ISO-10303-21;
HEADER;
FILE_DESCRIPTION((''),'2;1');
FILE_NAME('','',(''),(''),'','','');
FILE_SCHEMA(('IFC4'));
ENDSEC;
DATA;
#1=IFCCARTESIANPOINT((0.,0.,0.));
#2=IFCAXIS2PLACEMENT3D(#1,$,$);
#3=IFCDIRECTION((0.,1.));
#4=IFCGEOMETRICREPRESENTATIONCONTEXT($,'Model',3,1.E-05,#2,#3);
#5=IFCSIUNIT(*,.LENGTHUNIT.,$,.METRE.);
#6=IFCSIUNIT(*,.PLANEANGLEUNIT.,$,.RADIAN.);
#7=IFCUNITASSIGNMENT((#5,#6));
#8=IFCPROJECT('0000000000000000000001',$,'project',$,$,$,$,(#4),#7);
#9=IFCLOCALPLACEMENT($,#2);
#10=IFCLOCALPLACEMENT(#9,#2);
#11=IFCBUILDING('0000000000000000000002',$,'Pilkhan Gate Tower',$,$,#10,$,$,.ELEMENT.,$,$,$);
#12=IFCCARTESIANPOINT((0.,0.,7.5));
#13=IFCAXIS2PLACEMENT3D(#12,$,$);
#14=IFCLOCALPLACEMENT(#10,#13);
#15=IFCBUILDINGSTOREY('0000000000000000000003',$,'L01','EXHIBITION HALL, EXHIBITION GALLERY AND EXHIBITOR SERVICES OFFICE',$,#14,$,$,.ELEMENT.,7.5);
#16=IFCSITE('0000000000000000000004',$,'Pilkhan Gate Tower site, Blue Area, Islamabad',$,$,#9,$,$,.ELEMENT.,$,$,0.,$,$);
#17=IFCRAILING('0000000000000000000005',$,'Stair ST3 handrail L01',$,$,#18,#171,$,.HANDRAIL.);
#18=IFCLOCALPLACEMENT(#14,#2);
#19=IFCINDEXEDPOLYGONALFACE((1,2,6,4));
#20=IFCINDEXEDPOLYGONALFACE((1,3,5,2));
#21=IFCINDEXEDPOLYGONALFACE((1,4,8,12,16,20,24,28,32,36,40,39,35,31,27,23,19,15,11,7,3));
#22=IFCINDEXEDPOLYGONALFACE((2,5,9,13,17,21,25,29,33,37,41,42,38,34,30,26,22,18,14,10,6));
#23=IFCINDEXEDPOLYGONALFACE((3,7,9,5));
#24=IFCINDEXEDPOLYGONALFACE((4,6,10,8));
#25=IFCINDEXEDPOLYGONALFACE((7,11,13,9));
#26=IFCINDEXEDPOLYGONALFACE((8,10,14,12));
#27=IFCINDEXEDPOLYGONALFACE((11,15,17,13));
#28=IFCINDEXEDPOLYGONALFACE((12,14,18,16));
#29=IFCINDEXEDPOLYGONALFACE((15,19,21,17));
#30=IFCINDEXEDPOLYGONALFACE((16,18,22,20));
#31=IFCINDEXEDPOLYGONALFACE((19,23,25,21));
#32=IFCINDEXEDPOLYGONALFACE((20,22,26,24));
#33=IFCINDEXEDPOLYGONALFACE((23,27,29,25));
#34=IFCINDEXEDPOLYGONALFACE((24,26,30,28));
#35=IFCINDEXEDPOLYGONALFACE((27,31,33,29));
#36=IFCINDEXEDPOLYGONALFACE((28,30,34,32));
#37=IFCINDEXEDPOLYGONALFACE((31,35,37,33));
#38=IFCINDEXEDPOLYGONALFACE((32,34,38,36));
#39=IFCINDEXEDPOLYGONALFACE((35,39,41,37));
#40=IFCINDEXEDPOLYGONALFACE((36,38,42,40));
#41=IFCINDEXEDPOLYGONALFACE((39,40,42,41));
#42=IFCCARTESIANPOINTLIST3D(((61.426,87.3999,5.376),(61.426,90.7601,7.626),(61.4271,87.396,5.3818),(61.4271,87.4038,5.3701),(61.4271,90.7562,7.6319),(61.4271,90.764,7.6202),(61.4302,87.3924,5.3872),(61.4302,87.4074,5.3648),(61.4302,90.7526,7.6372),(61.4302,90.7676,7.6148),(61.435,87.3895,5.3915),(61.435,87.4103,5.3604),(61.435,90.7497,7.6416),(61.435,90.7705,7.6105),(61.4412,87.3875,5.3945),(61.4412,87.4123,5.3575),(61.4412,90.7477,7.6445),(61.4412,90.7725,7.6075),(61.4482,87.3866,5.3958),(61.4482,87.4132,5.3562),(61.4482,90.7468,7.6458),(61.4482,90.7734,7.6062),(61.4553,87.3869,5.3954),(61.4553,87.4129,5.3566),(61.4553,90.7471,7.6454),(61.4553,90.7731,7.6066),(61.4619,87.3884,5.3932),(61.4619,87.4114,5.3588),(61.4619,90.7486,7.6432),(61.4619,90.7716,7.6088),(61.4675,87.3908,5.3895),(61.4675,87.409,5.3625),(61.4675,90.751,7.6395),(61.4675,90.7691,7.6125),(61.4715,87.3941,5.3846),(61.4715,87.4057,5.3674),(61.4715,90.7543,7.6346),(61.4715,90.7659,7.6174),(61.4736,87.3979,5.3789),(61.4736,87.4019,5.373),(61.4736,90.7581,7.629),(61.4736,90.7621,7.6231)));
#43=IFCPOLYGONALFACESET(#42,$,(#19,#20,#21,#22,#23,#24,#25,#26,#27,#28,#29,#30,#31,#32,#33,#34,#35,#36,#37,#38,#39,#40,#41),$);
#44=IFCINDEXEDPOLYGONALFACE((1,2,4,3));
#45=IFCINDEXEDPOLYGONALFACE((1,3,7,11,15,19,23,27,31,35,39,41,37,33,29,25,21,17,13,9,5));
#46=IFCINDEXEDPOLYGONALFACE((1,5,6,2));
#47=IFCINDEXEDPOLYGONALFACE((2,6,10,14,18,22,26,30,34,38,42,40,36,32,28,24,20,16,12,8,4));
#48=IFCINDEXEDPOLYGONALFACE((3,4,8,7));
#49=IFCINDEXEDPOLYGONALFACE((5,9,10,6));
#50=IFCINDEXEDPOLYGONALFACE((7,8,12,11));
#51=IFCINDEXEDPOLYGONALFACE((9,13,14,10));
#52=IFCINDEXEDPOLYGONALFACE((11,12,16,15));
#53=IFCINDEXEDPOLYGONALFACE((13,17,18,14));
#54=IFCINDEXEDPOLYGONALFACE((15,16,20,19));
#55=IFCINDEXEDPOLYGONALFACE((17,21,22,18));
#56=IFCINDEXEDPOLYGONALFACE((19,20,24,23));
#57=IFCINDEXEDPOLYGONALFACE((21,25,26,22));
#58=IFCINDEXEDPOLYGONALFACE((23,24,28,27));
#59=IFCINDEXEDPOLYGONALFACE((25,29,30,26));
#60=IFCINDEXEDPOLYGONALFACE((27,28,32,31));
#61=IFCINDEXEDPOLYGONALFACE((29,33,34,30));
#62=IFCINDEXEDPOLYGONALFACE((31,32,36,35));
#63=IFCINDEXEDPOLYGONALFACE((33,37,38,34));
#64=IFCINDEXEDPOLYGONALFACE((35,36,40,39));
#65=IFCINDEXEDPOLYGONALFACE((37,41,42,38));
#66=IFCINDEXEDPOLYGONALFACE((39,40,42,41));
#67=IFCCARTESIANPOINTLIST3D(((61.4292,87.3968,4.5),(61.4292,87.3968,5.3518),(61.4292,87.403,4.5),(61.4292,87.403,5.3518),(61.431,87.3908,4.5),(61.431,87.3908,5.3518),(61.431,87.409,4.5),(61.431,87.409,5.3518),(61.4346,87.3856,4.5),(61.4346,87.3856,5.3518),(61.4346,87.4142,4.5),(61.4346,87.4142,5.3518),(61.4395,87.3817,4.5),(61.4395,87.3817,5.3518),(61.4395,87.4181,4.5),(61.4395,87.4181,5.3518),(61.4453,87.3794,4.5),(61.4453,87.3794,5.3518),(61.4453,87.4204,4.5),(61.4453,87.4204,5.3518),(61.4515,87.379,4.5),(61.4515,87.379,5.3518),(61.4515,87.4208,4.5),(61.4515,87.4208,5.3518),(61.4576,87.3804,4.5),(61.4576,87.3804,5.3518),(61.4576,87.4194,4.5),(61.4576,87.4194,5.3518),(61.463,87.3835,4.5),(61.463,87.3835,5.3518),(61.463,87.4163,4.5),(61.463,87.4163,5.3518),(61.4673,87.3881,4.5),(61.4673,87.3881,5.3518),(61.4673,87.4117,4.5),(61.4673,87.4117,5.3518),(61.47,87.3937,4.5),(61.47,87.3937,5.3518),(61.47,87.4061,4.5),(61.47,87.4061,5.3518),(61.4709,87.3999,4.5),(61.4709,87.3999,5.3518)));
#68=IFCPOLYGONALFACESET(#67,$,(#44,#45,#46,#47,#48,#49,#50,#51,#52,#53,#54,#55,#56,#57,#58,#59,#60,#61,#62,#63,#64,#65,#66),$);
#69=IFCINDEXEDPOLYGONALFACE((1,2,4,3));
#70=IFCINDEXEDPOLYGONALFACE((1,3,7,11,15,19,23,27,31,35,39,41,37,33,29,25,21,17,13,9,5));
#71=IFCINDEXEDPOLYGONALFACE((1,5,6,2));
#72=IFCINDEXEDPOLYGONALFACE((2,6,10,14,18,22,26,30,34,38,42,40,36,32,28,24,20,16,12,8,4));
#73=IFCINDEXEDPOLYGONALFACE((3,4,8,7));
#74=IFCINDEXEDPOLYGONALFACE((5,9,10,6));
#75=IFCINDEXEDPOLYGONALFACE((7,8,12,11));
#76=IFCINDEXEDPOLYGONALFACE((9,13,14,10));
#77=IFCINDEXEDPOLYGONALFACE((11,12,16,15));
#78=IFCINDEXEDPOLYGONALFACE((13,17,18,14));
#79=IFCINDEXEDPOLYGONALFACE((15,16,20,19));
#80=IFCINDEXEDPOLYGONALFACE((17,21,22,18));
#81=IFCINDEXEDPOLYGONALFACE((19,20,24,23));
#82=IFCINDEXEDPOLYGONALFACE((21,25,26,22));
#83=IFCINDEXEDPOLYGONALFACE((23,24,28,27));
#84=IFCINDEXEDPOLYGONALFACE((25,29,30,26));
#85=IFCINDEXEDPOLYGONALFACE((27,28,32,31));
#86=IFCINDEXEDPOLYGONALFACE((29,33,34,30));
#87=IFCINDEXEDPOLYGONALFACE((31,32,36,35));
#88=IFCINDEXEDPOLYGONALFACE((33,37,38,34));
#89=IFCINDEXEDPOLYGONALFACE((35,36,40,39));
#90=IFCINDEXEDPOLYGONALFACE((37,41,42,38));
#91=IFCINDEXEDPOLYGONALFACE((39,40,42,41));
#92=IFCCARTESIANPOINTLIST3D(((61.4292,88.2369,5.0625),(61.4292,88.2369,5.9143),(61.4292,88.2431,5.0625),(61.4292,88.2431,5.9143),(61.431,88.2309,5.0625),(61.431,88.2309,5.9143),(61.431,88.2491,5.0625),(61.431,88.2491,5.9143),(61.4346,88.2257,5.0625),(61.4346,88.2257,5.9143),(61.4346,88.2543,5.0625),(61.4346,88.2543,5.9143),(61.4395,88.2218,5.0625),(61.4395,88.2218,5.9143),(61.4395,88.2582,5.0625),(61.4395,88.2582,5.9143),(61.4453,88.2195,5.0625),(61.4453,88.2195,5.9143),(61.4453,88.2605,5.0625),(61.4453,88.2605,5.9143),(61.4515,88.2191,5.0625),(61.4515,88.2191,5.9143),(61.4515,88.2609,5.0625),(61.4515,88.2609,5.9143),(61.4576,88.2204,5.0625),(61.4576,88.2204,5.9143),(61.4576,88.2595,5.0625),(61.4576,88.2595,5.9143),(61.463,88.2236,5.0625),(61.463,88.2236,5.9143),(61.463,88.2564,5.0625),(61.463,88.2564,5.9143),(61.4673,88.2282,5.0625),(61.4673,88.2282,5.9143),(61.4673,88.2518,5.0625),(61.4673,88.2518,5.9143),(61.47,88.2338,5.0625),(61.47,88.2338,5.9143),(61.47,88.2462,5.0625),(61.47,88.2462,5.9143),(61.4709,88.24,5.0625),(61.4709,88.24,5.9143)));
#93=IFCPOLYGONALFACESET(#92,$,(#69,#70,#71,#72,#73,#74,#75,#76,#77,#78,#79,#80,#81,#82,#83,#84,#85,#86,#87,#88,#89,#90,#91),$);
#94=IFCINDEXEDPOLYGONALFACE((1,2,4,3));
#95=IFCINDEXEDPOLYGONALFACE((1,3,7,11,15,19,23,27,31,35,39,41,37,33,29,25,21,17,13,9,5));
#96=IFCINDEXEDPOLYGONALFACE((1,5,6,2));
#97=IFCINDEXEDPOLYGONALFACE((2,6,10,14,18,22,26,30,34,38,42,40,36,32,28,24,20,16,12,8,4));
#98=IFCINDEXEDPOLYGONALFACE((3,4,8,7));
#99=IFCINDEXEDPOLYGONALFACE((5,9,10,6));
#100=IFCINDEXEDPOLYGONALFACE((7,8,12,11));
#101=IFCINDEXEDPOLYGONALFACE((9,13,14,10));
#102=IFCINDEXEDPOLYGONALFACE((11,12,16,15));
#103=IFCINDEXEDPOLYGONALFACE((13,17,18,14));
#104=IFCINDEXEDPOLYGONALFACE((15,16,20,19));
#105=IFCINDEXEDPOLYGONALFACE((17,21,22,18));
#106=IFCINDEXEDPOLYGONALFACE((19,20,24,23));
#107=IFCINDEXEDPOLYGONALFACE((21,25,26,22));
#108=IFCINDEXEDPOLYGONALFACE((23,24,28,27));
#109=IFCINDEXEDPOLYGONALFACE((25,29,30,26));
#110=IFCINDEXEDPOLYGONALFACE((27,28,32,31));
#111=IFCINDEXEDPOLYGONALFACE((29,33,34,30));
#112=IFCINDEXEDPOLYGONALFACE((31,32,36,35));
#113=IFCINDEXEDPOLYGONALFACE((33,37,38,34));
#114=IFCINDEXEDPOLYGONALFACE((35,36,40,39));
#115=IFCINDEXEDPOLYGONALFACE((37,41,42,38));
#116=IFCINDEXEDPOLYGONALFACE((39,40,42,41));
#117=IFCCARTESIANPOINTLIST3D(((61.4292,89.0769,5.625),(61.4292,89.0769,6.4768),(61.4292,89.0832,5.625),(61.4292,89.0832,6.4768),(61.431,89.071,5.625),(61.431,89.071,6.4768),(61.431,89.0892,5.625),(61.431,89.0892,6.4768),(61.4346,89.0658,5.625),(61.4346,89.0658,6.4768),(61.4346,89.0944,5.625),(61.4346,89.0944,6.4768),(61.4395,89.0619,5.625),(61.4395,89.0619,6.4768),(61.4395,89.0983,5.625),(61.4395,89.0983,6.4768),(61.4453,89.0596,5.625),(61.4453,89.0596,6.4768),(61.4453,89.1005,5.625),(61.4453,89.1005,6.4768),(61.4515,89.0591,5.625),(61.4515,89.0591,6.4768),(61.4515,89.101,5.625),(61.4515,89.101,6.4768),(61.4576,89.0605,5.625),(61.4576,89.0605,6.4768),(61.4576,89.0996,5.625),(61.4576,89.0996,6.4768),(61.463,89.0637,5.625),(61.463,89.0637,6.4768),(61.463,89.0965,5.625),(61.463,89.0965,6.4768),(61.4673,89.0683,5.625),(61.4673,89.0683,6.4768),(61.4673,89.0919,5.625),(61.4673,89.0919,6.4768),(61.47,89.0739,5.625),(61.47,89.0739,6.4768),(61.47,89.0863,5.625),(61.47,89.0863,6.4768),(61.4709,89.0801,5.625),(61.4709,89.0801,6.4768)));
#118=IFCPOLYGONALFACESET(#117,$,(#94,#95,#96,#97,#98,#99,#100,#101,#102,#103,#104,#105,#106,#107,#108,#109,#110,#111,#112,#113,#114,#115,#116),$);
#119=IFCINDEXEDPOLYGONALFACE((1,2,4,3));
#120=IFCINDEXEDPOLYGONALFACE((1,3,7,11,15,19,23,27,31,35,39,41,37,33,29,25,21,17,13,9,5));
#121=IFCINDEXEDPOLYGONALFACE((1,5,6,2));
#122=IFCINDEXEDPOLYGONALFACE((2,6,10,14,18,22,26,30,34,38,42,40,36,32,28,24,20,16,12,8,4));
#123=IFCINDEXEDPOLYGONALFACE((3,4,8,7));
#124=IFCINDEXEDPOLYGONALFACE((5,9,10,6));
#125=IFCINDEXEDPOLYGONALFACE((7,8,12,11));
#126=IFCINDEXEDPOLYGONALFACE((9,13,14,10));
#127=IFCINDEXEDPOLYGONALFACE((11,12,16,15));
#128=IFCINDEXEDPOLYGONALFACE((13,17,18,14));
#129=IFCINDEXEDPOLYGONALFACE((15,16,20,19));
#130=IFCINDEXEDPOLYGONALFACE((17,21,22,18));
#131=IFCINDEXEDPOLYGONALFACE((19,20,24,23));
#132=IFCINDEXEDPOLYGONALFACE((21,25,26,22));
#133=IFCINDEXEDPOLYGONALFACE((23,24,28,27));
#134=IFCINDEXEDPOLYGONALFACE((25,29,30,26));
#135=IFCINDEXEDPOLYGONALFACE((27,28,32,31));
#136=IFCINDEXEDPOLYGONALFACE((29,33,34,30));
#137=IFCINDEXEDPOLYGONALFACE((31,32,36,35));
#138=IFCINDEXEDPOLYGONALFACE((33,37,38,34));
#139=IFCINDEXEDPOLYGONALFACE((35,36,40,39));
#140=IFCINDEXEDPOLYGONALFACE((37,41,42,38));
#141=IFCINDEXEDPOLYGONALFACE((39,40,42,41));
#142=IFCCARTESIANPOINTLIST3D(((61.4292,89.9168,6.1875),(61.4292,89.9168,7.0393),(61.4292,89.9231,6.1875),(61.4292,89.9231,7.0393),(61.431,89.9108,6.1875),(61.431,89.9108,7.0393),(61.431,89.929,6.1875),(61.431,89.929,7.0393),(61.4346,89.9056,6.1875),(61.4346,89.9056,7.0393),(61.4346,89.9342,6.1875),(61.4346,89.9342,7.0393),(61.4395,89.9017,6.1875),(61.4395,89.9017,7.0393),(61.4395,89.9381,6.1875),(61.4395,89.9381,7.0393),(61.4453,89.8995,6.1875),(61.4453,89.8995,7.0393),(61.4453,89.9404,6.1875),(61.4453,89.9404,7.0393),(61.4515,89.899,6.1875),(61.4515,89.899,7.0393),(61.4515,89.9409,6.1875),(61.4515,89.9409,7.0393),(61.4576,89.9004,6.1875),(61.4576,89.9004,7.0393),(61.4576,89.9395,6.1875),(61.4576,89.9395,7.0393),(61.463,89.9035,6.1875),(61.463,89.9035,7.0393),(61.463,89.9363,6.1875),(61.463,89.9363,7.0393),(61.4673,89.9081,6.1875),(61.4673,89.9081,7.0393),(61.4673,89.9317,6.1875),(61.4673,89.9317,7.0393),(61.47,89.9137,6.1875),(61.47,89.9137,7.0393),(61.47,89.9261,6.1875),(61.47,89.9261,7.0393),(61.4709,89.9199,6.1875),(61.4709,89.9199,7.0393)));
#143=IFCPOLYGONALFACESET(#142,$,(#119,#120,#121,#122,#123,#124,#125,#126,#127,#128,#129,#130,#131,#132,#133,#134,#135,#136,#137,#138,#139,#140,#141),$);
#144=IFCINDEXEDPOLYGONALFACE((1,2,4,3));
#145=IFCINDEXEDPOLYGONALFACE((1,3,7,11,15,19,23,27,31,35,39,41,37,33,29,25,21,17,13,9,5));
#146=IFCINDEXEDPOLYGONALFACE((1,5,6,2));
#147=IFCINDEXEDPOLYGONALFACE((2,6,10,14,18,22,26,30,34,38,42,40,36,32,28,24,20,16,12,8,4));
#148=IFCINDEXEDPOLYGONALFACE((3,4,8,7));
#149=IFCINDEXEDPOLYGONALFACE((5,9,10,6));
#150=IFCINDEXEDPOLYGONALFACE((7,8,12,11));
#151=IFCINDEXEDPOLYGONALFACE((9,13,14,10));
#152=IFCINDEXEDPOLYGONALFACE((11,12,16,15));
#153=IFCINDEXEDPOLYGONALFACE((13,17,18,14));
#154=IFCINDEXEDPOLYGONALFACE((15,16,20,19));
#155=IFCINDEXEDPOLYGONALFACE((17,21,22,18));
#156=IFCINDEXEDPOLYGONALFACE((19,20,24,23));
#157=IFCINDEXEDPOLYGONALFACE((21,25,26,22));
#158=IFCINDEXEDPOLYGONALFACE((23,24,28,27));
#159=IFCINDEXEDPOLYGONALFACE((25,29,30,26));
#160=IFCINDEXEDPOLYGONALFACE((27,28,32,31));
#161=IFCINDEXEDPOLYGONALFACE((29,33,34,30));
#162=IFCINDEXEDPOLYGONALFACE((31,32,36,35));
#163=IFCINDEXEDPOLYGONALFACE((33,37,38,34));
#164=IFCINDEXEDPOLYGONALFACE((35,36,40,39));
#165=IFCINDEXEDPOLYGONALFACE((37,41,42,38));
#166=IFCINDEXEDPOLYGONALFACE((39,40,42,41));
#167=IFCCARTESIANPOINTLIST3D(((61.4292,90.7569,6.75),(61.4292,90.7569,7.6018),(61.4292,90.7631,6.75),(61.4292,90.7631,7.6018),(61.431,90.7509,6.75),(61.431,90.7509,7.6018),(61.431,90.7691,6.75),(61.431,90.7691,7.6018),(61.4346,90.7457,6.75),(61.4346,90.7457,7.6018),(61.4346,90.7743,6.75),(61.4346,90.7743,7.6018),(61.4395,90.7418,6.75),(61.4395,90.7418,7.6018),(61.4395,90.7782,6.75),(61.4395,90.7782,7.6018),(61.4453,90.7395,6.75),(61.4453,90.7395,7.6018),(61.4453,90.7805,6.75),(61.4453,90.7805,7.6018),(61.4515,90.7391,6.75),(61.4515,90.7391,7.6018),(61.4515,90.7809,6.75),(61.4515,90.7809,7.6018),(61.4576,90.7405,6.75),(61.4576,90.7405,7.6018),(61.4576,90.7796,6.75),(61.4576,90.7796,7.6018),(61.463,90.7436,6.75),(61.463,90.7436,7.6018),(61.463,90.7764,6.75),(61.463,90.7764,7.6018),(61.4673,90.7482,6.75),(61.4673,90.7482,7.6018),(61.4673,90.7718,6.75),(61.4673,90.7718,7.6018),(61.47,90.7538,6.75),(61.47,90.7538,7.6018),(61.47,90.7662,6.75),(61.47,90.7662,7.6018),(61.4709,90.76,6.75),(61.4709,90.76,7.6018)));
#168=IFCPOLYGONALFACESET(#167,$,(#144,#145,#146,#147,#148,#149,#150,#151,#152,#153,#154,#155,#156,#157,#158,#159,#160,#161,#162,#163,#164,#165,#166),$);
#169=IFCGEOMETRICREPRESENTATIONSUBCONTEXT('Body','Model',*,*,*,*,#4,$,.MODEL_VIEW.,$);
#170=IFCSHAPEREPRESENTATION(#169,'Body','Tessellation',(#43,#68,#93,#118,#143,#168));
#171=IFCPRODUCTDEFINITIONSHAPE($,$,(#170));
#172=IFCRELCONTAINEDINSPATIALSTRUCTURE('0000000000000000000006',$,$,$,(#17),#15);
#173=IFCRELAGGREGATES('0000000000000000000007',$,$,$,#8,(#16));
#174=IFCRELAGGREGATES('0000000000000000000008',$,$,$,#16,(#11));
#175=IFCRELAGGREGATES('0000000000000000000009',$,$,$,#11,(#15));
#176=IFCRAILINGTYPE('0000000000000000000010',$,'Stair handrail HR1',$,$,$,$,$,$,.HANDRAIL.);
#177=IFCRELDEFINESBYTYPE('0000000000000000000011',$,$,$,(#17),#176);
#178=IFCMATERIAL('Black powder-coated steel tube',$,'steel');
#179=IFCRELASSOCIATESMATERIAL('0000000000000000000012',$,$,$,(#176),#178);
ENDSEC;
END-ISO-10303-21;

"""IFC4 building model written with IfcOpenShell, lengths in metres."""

from ifc_helpers import new_model, si_unit, direction, frame, origin, origin_2d, place, context, subcontext, project, spatial, circle, extrude, material, type_object, element, save


model = new_model("IFC4")

# Units and contexts
model_context = context("Model", 3, precision=1e-05, world=origin(), true_north=direction((0.0, 1.0)))
body_context = subcontext(model_context, "Body", "Model", "MODEL_VIEW")
ifc_project = project(units=[si_unit("LENGTHUNIT", "METRE"), si_unit("PLANEANGLEUNIT", "RADIAN")], contexts=[model_context])

# Site, building, storey
site_placement = place(None, origin())
site = spatial("IfcSite", under=ifc_project, at=site_placement, Name="Pilkhan Gate Tower site, Blue Area, Islamabad", CompositionType="ELEMENT", RefElevation=0.0)
building_placement = place(site_placement, origin())
building = spatial("IfcBuilding", under=site, at=building_placement, Name="Pilkhan Gate Tower", CompositionType="ELEMENT")
storey_placement = place(building_placement, frame((0.0, 0.0, 7.5)))
storey = spatial("IfcBuildingStorey", under=building, at=storey_placement, Name="L01", Description="EXHIBITION HALL, EXHIBITION GALLERY AND EXHIBITOR SERVICES OFFICE", CompositionType="ELEMENT", Elevation=7.5)

# Railing
ifc_material_1 = material(Name="Black powder-coated steel tube", Category="steel")
railing_type_1 = type_object("IfcRailingType", Name="Stair handrail HR1", PredefinedType="HANDRAIL", material=ifc_material_1)
railing_placement = place(storey_placement, frame((61.45, 87.3999, 4.5)))
element("IfcRailing", 1, at=railing_placement, inside=storey, type_object=railing_type_1, Name="Stair ST3 handrail L01", PredefinedType="HANDRAIL", context=body_context, shape_type="SweptSolid", body=[
    extrude(circle(Radius=0.0239, at=origin_2d()), frame((0.0, 0.0, 0.876), z_axis=(0.0, 0.830915, 0.556399), x_axis=(-1.0, 0.0, 0.0)), (0.0, 0.0, 1.0), 4.0439),
    extrude(circle(Radius=0.021, at=origin_2d()), origin(), (0.0, 0.0, 1.0), 0.8518),
    extrude(circle(Radius=0.021, at=origin_2d()), frame((0.0, 0.8401, 0.5625)), (0.0, 0.0, 1.0), 0.8518),
    extrude(circle(Radius=0.021, at=origin_2d()), frame((0.0, 1.6802, 1.125)), (0.0, 0.0, 1.0), 0.8518),
    extrude(circle(Radius=0.021, at=origin_2d()), frame((0.0, 2.52, 1.6875)), (0.0, 0.0, 1.0), 0.8518),
    extrude(circle(Radius=0.021, at=origin_2d()), frame((0.0, 3.3601, 2.25)), (0.0, 0.0, 1.0), 0.8518),
])

save(model, "model.ifc")
